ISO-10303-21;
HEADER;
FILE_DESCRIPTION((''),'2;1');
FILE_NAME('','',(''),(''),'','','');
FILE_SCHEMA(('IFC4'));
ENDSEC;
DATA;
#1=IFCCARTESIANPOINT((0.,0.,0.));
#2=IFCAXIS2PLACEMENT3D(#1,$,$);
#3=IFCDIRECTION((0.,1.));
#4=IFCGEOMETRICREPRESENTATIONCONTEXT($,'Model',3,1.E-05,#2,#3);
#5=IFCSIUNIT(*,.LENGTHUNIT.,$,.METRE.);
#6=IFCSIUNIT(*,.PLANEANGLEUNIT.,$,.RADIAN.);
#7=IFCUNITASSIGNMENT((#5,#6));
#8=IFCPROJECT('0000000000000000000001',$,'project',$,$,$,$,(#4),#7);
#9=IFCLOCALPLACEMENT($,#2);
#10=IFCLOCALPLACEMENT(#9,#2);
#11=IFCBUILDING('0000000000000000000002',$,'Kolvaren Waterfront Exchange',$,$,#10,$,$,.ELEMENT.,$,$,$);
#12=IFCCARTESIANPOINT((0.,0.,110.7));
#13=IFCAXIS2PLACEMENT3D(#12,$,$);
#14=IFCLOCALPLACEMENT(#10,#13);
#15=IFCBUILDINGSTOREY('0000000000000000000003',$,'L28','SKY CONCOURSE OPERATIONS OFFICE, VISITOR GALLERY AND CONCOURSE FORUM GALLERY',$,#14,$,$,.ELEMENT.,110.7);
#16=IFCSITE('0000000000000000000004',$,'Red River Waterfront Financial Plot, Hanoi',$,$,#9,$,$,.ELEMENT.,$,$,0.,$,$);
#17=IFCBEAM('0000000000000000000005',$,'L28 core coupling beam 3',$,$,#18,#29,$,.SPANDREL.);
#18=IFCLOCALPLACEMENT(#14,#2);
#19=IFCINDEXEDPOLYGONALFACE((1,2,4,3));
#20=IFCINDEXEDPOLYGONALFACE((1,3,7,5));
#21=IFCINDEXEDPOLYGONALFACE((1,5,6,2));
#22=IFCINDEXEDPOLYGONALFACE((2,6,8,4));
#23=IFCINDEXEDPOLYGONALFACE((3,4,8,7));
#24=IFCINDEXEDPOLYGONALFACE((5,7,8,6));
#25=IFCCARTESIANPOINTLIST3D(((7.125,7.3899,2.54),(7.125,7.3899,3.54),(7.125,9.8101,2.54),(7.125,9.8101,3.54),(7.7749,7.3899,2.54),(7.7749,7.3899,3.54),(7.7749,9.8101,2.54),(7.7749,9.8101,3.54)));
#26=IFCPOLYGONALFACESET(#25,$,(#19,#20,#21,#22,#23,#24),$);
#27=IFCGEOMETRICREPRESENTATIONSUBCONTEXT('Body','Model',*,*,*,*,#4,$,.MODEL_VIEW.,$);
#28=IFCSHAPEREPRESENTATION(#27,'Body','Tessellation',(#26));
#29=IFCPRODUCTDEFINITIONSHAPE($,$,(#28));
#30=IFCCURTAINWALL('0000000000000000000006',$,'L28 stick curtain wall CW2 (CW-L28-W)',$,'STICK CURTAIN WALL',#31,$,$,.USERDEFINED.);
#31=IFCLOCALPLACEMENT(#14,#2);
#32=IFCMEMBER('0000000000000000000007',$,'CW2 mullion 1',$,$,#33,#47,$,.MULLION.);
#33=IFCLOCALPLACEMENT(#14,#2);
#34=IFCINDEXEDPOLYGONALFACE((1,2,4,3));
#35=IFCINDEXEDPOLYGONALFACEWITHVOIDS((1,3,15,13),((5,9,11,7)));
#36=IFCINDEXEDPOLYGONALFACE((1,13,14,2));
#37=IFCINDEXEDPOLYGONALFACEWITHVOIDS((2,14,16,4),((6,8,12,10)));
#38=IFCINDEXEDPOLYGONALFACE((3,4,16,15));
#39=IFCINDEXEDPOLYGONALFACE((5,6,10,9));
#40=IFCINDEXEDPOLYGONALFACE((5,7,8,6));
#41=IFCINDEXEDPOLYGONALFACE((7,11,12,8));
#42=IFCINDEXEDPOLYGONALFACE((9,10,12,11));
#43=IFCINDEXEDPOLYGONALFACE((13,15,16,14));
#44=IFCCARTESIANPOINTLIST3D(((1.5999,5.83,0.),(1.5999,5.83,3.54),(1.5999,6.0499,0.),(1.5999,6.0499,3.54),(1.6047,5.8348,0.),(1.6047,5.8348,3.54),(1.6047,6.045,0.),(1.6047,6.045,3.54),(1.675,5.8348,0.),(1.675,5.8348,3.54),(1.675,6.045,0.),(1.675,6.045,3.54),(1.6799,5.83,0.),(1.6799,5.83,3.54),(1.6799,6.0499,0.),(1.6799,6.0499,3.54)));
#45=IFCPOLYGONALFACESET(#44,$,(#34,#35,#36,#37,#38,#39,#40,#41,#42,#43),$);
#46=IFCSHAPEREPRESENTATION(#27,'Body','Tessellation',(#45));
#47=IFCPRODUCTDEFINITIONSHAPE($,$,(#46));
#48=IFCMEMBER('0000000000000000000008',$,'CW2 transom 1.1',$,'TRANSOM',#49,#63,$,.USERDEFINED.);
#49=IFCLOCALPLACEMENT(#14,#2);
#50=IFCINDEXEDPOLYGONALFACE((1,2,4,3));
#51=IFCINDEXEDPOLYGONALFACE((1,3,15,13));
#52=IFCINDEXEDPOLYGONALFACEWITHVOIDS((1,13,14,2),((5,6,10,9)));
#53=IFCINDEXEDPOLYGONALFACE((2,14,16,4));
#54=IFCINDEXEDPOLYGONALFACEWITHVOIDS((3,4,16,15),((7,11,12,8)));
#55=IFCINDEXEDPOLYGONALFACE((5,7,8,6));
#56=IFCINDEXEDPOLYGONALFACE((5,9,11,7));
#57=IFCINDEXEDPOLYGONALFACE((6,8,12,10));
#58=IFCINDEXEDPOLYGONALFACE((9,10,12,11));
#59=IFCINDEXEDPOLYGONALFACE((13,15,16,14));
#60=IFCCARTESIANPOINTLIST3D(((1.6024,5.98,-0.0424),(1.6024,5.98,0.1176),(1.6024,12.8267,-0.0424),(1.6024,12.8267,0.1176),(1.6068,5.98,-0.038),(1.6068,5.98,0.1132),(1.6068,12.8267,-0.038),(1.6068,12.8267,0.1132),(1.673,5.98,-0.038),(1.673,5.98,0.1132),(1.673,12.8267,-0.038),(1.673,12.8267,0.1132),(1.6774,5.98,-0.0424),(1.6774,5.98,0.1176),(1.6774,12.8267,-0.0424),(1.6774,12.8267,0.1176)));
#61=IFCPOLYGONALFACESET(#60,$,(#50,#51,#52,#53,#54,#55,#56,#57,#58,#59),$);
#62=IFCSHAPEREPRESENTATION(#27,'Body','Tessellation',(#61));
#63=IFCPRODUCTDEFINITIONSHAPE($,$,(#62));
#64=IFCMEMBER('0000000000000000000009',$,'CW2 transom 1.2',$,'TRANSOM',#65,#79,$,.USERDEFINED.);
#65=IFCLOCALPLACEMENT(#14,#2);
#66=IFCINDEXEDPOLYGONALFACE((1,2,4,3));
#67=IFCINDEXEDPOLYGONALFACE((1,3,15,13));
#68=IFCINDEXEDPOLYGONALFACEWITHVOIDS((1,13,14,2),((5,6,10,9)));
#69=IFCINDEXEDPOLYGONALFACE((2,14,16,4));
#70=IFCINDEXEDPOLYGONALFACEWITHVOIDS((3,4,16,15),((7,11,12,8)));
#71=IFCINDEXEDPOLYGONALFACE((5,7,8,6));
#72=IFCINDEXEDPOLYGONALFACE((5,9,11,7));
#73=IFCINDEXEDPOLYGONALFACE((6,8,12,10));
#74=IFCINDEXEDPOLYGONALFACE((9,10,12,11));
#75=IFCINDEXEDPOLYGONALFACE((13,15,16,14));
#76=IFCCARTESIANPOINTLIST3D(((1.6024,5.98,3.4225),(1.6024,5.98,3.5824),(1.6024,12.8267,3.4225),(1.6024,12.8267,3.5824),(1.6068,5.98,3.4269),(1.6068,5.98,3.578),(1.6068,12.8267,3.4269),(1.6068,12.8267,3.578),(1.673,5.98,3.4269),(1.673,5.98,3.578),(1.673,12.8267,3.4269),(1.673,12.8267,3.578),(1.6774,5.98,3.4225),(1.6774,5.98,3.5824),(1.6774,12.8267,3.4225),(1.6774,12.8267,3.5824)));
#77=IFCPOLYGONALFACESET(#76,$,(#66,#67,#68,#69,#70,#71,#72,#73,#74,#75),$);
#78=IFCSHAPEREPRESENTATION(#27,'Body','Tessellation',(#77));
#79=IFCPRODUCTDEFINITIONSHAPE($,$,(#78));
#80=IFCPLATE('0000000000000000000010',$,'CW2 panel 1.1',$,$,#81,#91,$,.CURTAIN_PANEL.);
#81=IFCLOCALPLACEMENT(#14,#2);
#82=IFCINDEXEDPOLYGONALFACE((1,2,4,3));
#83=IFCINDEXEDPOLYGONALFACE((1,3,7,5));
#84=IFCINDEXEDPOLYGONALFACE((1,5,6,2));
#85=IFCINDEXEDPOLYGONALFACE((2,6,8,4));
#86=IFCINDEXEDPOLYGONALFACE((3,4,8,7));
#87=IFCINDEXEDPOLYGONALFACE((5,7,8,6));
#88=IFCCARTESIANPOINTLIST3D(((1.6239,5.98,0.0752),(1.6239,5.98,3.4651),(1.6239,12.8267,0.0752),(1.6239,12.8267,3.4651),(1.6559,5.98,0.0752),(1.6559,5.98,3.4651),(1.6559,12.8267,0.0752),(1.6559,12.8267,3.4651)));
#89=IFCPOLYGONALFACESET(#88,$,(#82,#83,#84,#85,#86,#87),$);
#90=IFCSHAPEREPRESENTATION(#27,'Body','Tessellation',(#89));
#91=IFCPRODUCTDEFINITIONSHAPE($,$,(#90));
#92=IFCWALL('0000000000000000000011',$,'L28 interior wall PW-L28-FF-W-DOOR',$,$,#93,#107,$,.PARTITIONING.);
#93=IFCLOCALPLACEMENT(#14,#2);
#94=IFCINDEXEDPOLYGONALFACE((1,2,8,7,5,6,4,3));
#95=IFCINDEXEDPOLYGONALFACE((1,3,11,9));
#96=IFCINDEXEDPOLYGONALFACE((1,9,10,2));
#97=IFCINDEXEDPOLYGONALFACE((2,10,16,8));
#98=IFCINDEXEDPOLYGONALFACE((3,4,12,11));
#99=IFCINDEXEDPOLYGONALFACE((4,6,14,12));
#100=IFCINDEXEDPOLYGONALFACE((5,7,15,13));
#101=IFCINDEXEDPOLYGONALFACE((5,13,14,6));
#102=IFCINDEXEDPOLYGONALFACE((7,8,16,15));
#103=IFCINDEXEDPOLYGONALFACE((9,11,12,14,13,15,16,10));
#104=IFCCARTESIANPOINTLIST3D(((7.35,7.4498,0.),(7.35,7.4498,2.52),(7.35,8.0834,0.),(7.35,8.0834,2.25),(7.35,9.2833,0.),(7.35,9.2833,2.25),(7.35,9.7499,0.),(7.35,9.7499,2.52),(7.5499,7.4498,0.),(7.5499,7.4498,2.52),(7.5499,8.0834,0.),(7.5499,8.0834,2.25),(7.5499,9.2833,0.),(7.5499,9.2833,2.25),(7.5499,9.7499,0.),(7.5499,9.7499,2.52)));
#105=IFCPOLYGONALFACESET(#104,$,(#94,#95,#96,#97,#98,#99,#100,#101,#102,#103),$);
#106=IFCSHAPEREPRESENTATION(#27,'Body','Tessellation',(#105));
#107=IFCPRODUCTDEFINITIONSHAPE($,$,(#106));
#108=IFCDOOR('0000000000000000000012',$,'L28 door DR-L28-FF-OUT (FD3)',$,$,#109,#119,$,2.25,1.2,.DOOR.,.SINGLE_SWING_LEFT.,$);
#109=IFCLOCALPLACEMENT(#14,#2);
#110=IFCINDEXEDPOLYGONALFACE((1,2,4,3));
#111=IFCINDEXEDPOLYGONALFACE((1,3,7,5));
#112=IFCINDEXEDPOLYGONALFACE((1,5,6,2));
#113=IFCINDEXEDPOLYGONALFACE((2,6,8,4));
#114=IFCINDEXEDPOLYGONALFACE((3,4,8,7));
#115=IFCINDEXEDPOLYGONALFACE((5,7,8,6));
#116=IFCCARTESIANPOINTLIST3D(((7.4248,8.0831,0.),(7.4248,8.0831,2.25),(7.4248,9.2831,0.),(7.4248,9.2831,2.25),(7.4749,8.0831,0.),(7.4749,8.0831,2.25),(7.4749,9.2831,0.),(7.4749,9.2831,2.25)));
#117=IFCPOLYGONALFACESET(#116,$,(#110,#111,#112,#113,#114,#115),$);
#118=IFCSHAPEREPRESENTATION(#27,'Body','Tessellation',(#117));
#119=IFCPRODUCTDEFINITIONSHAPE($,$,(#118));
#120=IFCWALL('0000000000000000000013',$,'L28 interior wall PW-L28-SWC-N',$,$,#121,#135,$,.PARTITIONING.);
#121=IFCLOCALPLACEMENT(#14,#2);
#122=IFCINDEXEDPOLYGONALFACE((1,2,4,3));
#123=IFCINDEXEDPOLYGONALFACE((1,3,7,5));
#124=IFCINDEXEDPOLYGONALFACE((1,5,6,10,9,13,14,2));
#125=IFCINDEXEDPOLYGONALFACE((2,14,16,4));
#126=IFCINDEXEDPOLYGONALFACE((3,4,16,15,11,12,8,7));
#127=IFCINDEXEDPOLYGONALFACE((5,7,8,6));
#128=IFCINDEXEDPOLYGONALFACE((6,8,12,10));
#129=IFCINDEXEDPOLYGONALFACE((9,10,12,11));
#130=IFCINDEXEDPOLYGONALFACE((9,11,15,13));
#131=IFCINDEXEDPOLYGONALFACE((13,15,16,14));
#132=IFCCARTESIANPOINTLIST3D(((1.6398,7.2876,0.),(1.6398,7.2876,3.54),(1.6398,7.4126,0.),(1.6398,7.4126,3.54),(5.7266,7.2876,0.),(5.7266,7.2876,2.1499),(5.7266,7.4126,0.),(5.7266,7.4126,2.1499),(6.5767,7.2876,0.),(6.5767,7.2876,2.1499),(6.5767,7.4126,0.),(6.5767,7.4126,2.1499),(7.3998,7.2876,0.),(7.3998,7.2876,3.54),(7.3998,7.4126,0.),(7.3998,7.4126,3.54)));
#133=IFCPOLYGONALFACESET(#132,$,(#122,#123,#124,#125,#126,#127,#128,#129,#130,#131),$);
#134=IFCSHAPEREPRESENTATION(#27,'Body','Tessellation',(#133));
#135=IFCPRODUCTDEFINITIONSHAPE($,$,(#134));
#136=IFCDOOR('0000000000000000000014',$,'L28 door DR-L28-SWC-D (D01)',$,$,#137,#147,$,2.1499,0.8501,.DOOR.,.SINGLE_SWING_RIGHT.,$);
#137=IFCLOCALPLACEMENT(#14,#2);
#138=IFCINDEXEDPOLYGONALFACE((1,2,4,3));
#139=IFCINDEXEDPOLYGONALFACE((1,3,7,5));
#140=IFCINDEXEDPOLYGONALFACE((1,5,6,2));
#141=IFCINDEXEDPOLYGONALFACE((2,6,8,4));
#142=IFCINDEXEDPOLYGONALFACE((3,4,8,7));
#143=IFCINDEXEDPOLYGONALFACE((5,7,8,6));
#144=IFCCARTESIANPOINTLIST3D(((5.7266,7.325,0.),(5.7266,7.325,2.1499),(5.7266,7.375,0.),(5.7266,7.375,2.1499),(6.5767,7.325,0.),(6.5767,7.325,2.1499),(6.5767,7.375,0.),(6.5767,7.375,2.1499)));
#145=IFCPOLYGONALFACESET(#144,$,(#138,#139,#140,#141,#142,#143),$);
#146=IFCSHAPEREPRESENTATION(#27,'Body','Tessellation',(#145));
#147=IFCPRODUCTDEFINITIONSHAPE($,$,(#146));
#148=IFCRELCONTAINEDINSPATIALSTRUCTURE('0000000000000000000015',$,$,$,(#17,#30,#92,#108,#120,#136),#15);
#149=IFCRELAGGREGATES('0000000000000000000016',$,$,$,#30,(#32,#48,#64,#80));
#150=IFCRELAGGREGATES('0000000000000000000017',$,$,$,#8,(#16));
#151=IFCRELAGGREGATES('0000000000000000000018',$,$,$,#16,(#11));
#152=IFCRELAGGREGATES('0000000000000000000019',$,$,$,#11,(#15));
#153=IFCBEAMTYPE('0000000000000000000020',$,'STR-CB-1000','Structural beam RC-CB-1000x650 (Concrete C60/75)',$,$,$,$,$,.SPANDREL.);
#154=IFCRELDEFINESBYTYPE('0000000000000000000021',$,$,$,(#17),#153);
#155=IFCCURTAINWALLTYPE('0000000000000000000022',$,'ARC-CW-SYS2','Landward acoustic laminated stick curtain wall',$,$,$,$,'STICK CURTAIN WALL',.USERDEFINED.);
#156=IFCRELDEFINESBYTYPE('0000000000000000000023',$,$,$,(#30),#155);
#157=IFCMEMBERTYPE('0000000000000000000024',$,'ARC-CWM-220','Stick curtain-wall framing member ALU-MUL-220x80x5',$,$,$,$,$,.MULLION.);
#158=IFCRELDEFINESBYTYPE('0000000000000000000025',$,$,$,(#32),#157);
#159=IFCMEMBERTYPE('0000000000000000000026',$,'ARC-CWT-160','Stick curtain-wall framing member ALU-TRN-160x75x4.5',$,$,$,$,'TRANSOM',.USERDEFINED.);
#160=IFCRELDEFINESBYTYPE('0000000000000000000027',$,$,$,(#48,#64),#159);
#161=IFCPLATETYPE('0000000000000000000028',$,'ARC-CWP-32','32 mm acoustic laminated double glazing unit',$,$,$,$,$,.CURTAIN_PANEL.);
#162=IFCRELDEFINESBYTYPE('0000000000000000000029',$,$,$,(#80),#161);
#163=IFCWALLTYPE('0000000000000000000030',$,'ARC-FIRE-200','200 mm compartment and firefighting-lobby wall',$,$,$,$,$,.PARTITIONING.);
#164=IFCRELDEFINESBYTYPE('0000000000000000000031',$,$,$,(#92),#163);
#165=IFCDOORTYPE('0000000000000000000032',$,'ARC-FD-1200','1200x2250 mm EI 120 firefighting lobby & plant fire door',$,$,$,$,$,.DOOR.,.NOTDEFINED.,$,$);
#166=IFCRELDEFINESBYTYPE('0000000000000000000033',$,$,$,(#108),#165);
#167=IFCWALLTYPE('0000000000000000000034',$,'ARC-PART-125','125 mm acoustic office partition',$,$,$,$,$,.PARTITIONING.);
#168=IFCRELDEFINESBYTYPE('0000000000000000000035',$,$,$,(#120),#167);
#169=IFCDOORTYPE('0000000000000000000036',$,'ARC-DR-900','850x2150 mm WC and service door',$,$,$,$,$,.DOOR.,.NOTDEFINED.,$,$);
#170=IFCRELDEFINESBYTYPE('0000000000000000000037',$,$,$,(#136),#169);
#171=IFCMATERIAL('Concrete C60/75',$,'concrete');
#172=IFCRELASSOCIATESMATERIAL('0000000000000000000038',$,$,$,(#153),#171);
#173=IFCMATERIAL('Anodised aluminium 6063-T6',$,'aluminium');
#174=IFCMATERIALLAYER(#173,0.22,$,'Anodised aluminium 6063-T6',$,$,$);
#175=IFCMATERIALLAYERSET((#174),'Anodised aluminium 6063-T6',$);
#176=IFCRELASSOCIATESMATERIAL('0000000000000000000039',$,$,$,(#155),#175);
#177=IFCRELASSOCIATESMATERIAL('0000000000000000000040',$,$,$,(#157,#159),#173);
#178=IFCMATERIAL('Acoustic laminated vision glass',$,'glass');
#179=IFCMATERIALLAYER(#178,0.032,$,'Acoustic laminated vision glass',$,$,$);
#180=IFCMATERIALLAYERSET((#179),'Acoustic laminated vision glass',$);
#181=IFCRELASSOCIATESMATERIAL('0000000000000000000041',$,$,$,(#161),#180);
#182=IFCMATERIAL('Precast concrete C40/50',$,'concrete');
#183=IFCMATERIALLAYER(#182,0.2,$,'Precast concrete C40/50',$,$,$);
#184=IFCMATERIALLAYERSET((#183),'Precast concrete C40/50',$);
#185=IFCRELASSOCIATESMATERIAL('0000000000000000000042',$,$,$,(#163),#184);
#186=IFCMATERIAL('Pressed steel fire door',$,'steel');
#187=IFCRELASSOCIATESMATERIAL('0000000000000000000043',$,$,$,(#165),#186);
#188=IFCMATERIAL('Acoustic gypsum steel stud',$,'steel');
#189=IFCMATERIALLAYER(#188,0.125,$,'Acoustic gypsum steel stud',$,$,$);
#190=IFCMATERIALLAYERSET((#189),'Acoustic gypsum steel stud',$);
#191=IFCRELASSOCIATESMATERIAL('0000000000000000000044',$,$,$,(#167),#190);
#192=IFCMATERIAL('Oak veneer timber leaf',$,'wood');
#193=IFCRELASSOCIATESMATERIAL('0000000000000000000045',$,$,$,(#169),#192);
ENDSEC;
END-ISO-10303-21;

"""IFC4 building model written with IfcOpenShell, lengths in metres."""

from ifc_helpers import new_model, si_unit, direction, frame, frame_2d, origin, origin_with_axes, origin_2d, place, context, subcontext, project, spatial, rectangle, hollow_rectangle, extrude, source, transform, mapped, material, layer, layer_set, material_profile, profile_set, type_object, element, fill, aggregate, save


model = new_model("IFC4")

# Units and contexts
model_context = context("Model", 3, precision=1e-05, world=origin(), true_north=direction((0.0, 1.0)))
body_context = subcontext(model_context, "Body", "Model", "MODEL_VIEW")
ifc_project = project(units=[si_unit("LENGTHUNIT", "METRE"), si_unit("PLANEANGLEUNIT", "RADIAN")], contexts=[model_context])

# Site, building, storey
site_placement = place(None, origin())
site = spatial("IfcSite", under=ifc_project, at=site_placement, Name="Red River Waterfront Financial Plot, Hanoi", CompositionType="ELEMENT", RefElevation=0.0)
building_placement = place(site_placement, origin())
building = spatial("IfcBuilding", under=site, at=building_placement, Name="Kolvaren Waterfront Exchange", CompositionType="ELEMENT")
storey_placement = place(building_placement, frame((0.0, 0.0, 110.7)))
storey = spatial("IfcBuildingStorey", under=building, at=storey_placement, Name="L28", Description="SKY CONCOURSE OPERATIONS OFFICE, VISITOR GALLERY AND CONCOURSE FORUM GALLERY", CompositionType="ELEMENT", Elevation=110.7)

# Beam
ifc_material_1 = material(Name="Concrete C60/75", Category="concrete")
ifc_material_profile_1 = material_profile(ifc_material_1, rectangle(XDim=0.6499, YDim=1.0, at=origin_2d()), Name="RC-CB-1000x650")
ifc_profile_set_1 = profile_set([ifc_material_profile_1], Name="Concrete C60/75")
beam_type = type_object("IfcBeamType", Name="STR-CB-1000", Description="Structural beam RC-CB-1000x650 (Concrete C60/75)", PredefinedType="SPANDREL", material=ifc_profile_set_1)
beam_placement = place(storey_placement, frame((7.45, 7.3899, 3.04), z_axis=(0.0, 1.0, 0.0), x_axis=(-1.0, 0.0, 0.0)))
element("IfcBeam", 1, at=beam_placement, inside=storey, type_object=beam_type, Name="L28 core coupling beam 3", PredefinedType="SPANDREL", context=body_context, shape_type="SweptSolid", body=[
    extrude(rectangle(XDim=0.6499, YDim=1.0, at=origin_2d()), origin(), (0.0, 0.0, 1.0), 2.4202),
])

# Curtain wall, members, plate
ifc_material_2 = material(Name="Anodised aluminium 6063-T6", Category="aluminium")
ifc_layer_1 = layer(ifc_material_2, 0.22, Name="Anodised aluminium 6063-T6")
ifc_layer_set_1 = layer_set([ifc_layer_1], Name="Anodised aluminium 6063-T6")
curtain_wall_type = type_object("IfcCurtainWallType", Name="ARC-CW-SYS2", Description="Landward acoustic laminated stick curtain wall", ElementType="STICK CURTAIN WALL", PredefinedType="USERDEFINED", material=ifc_layer_set_1)
curtain_wall_placement = place(storey_placement, origin())
curtain_wall = element("IfcCurtainWall", 2, at=curtain_wall_placement, inside=storey, type_object=curtain_wall_type, Name="L28 stick curtain wall CW2 (CW-L28-W)", ObjectType="STICK CURTAIN WALL", PredefinedType="USERDEFINED")
ifc_material_profile_2 = material_profile(ifc_material_2, hollow_rectangle(XDim=0.0801, YDim=0.22, WallThickness=0.0049, at=origin_2d()), Name="ALU-MUL-220x80x5")
ifc_profile_set_2 = profile_set([ifc_material_profile_2], Name="Anodised aluminium 6063-T6")
member_type_1 = type_object("IfcMemberType", Name="ARC-CWM-220", Description="Stick curtain-wall framing member ALU-MUL-220x80x5", PredefinedType="MULLION", material=ifc_profile_set_2)
shared_shape_1 = source(origin_with_axes(), body_context, "Body", "SweptSolid", [
    extrude(hollow_rectangle(XDim=0.0801, YDim=0.22, WallThickness=0.0049, at=origin_2d()), origin(), (0.0, 0.0, 1.0), 3.54),
])
member_1_placement = place(storey_placement, frame((1.6399, 5.9399, 0.0), z_axis=(0.0, 0.0, 1.0), x_axis=(-1.0, 0.0, 0.0)))
member_1 = element("IfcMember", 3, at=member_1_placement, type_object=member_type_1, Name="CW2 mullion 1", PredefinedType="MULLION", context=body_context, shape_type="MappedRepresentation", body=[
    mapped(shared_shape_1, transform((0.0, 0.0, 0.0), x_axis=(1.0, 0.0, 0.0), y_axis=(0.0, 1.0, 0.0), z_axis=(0.0, 0.0, 1.0), scale=1.0)),
])
ifc_material_profile_3 = material_profile(ifc_material_2, hollow_rectangle(XDim=0.075, YDim=0.1599, WallThickness=0.0044, at=origin_2d()), Name="ALU-TRN-160x75x4.5")
ifc_profile_set_3 = profile_set([ifc_material_profile_3], Name="Anodised aluminium 6063-T6")
member_type_2 = type_object("IfcMemberType", Name="ARC-CWT-160", Description="Stick curtain-wall framing member ALU-TRN-160x75x4.5", ElementType="TRANSOM", PredefinedType="USERDEFINED", material=ifc_profile_set_3)
shared_shape_2 = source(origin_with_axes(), body_context, "Body", "SweptSolid", [
    extrude(hollow_rectangle(XDim=0.075, YDim=0.1599, WallThickness=0.0044, at=origin_2d()), origin(), (0.0, 0.0, 1.0), 6.8467),
])
member_2_placement = place(storey_placement, frame((1.6399, 5.98, 0.0376), z_axis=(0.0, 1.0, 0.0), x_axis=(-1.0, 0.0, 0.0)))
member_2 = element("IfcMember", 4, at=member_2_placement, type_object=member_type_2, Name="CW2 transom 1.1", ObjectType="TRANSOM", PredefinedType="USERDEFINED", context=body_context, shape_type="MappedRepresentation", body=[
    mapped(shared_shape_2, transform((0.0, 0.0, 0.0), x_axis=(1.0, 0.0, 0.0), y_axis=(0.0, 1.0, 0.0), z_axis=(0.0, 0.0, 1.0), scale=1.0)),
])
member_3_placement = place(storey_placement, frame((1.6399, 5.98, 3.5024), z_axis=(0.0, 1.0, 0.0), x_axis=(-1.0, 0.0, 0.0)))
member_3 = element("IfcMember", 5, at=member_3_placement, type_object=member_type_2, Name="CW2 transom 1.2", ObjectType="TRANSOM", PredefinedType="USERDEFINED", context=body_context, shape_type="MappedRepresentation", body=[
    mapped(shared_shape_2, transform((0.0, 0.0, 0.0), x_axis=(1.0, 0.0, 0.0), y_axis=(0.0, 1.0, 0.0), z_axis=(0.0, 0.0, 1.0), scale=1.0)),
])
ifc_material_3 = material(Name="Acoustic laminated vision glass", Category="glass")
ifc_layer_2 = layer(ifc_material_3, 0.032, Name="Acoustic laminated vision glass")
ifc_layer_set_2 = layer_set([ifc_layer_2], Name="Acoustic laminated vision glass")
plate_type = type_object("IfcPlateType", Name="ARC-CWP-32", Description="32 mm acoustic laminated double glazing unit", PredefinedType="CURTAIN_PANEL", material=ifc_layer_set_2)
shared_shape_3 = source(origin_with_axes(), body_context, "Body", "SweptSolid", [
    extrude(rectangle(XDim=6.8467, YDim=0.032, at=origin_2d()), origin(), (0.0, 0.0, 1.0), 3.3899),
])
plate_placement = place(storey_placement, frame((1.6399, 9.4033, 0.0752), z_axis=(0.0, 0.0, 1.0), x_axis=(0.0, 1.0, 0.0)))
plate = element("IfcPlate", 6, at=plate_placement, type_object=plate_type, Name="CW2 panel 1.1", PredefinedType="CURTAIN_PANEL", context=body_context, shape_type="MappedRepresentation", body=[
    mapped(shared_shape_3, transform((0.0, 0.0, 0.0), x_axis=(1.0, 0.0, 0.0), y_axis=(0.0, 1.0, 0.0), z_axis=(0.0, 0.0, 1.0), scale=1.0)),
])
aggregate(curtain_wall, [member_1, member_2, member_3, plate])

# Walls, openings, doors
ifc_material_4 = material(Name="Precast concrete C40/50", Category="concrete")
ifc_layer_3 = layer(ifc_material_4, 0.2, Name="Precast concrete C40/50")
ifc_layer_set_3 = layer_set([ifc_layer_3], Name="Precast concrete C40/50")
wall_type_1 = type_object("IfcWallType", Name="ARC-FIRE-200", Description="200 mm compartment and firefighting-lobby wall", PredefinedType="PARTITIONING", material=ifc_layer_set_3)
wall_1_placement = place(storey_placement, frame((7.45, 7.45, 0.0), z_axis=(0.0, 0.0, 1.0), x_axis=(0.0, 1.0, 0.0)))
wall_1 = element("IfcWall", 7, at=wall_1_placement, inside=storey, type_object=wall_type_1, Name="L28 interior wall PW-L28-FF-W-DOOR", PredefinedType="PARTITIONING", context=body_context, shape_type="SweptSolid", body=[
    extrude(rectangle(XDim=2.3, YDim=0.2, at=frame_2d((1.1499, 0.0))), origin(), (0.0, 0.0, 1.0), 2.52),
])
opening_1_placement = place(wall_1_placement, frame((0.6333, 0.0, 0.0)))
opening_1 = element("IfcOpeningElement", 8, at=opening_1_placement, cuts=wall_1, PredefinedType="OPENING", context=body_context, shape_type="SweptSolid", body=[
    extrude(rectangle(XDim=1.2, YDim=2.25, at=frame_2d((0.6001, 1.125))), frame((0.0, 0.1099, 0.0), z_axis=(0.0, -1.0, 0.0), x_axis=(1.0, 0.0, 0.0)), (0.0, 0.0, 1.0), 0.22),
])
ifc_material_5 = material(Name="Pressed steel fire door", Category="steel")
door_type_1 = type_object("IfcDoorType", Name="ARC-FD-1200", Description="1200x2250 mm EI 120 firefighting lobby & plant fire door", OperationType="NOTDEFINED", PredefinedType="DOOR", material=ifc_material_5)
door_1_placement = place(opening_1_placement, frame((1.2, 0.0, 0.0), z_axis=(0.0, 0.0, 1.0), x_axis=(-1.0, 0.0, 0.0)))
door_1 = element("IfcDoor", 9, at=door_1_placement, inside=storey, type_object=door_type_1, Name="L28 door DR-L28-FF-OUT (FD3)", OperationType="SINGLE_SWING_LEFT", OverallHeight=2.25, OverallWidth=1.2, PredefinedType="DOOR", context=body_context, shape_type="SweptSolid", body=[
    extrude(rectangle(XDim=1.2, YDim=2.25, at=frame_2d((0.6001, 1.125))), frame((0.0, 0.0249, 0.0), z_axis=(0.0, -1.0, 0.0), x_axis=(1.0, 0.0, 0.0)), (0.0, 0.0, 1.0), 0.05),
])
fill(opening_1, door_1)
ifc_material_6 = material(Name="Acoustic gypsum steel stud", Category="steel")
ifc_layer_4 = layer(ifc_material_6, 0.125, Name="Acoustic gypsum steel stud")
ifc_layer_set_4 = layer_set([ifc_layer_4], Name="Acoustic gypsum steel stud")
wall_type_2 = type_object("IfcWallType", Name="ARC-PART-125", Description="125 mm acoustic office partition", PredefinedType="PARTITIONING", material=ifc_layer_set_4)
wall_2_placement = place(storey_placement, frame((1.6399, 7.3501, 0.0), z_axis=(0.0, 0.0, 1.0), x_axis=(1.0, 0.0, 0.0)))
wall_2 = element("IfcWall", 10, at=wall_2_placement, inside=storey, type_object=wall_type_2, Name="L28 interior wall PW-L28-SWC-N", PredefinedType="PARTITIONING", context=body_context, shape_type="SweptSolid", body=[
    extrude(rectangle(XDim=5.76, YDim=0.125, at=frame_2d((2.8799, 0.0))), origin(), (0.0, 0.0, 1.0), 3.54),
])
opening_2_placement = place(wall_2_placement, frame((4.0867, 0.0, 0.0)))
opening_2 = element("IfcOpeningElement", 11, at=opening_2_placement, cuts=wall_2, PredefinedType="OPENING", context=body_context, shape_type="SweptSolid", body=[
    extrude(rectangle(XDim=0.8501, YDim=2.1499, at=frame_2d((0.425, 1.075))), frame((0.0, 0.0725, 0.0), z_axis=(0.0, -1.0, 0.0), x_axis=(1.0, 0.0, 0.0)), (0.0, 0.0, 1.0), 0.145),
])
ifc_material_7 = material(Name="Oak veneer timber leaf", Category="wood")
door_type_2 = type_object("IfcDoorType", Name="ARC-DR-900", Description="850x2150 mm WC and service door", OperationType="NOTDEFINED", PredefinedType="DOOR", material=ifc_material_7)
door_2_placement = place(opening_2_placement, origin())
door_2 = element("IfcDoor", 12, at=door_2_placement, inside=storey, type_object=door_type_2, Name="L28 door DR-L28-SWC-D (D01)", OperationType="SINGLE_SWING_RIGHT", OverallHeight=2.1499, OverallWidth=0.8501, PredefinedType="DOOR", context=body_context, shape_type="SweptSolid", body=[
    extrude(rectangle(XDim=0.8501, YDim=2.1499, at=frame_2d((0.425, 1.075))), frame((0.0, 0.0249, 0.0), z_axis=(0.0, -1.0, 0.0), x_axis=(1.0, 0.0, 0.0)), (0.0, 0.0, 1.0), 0.05),
])
fill(opening_2, door_2)

save(model, "model.ifc")
